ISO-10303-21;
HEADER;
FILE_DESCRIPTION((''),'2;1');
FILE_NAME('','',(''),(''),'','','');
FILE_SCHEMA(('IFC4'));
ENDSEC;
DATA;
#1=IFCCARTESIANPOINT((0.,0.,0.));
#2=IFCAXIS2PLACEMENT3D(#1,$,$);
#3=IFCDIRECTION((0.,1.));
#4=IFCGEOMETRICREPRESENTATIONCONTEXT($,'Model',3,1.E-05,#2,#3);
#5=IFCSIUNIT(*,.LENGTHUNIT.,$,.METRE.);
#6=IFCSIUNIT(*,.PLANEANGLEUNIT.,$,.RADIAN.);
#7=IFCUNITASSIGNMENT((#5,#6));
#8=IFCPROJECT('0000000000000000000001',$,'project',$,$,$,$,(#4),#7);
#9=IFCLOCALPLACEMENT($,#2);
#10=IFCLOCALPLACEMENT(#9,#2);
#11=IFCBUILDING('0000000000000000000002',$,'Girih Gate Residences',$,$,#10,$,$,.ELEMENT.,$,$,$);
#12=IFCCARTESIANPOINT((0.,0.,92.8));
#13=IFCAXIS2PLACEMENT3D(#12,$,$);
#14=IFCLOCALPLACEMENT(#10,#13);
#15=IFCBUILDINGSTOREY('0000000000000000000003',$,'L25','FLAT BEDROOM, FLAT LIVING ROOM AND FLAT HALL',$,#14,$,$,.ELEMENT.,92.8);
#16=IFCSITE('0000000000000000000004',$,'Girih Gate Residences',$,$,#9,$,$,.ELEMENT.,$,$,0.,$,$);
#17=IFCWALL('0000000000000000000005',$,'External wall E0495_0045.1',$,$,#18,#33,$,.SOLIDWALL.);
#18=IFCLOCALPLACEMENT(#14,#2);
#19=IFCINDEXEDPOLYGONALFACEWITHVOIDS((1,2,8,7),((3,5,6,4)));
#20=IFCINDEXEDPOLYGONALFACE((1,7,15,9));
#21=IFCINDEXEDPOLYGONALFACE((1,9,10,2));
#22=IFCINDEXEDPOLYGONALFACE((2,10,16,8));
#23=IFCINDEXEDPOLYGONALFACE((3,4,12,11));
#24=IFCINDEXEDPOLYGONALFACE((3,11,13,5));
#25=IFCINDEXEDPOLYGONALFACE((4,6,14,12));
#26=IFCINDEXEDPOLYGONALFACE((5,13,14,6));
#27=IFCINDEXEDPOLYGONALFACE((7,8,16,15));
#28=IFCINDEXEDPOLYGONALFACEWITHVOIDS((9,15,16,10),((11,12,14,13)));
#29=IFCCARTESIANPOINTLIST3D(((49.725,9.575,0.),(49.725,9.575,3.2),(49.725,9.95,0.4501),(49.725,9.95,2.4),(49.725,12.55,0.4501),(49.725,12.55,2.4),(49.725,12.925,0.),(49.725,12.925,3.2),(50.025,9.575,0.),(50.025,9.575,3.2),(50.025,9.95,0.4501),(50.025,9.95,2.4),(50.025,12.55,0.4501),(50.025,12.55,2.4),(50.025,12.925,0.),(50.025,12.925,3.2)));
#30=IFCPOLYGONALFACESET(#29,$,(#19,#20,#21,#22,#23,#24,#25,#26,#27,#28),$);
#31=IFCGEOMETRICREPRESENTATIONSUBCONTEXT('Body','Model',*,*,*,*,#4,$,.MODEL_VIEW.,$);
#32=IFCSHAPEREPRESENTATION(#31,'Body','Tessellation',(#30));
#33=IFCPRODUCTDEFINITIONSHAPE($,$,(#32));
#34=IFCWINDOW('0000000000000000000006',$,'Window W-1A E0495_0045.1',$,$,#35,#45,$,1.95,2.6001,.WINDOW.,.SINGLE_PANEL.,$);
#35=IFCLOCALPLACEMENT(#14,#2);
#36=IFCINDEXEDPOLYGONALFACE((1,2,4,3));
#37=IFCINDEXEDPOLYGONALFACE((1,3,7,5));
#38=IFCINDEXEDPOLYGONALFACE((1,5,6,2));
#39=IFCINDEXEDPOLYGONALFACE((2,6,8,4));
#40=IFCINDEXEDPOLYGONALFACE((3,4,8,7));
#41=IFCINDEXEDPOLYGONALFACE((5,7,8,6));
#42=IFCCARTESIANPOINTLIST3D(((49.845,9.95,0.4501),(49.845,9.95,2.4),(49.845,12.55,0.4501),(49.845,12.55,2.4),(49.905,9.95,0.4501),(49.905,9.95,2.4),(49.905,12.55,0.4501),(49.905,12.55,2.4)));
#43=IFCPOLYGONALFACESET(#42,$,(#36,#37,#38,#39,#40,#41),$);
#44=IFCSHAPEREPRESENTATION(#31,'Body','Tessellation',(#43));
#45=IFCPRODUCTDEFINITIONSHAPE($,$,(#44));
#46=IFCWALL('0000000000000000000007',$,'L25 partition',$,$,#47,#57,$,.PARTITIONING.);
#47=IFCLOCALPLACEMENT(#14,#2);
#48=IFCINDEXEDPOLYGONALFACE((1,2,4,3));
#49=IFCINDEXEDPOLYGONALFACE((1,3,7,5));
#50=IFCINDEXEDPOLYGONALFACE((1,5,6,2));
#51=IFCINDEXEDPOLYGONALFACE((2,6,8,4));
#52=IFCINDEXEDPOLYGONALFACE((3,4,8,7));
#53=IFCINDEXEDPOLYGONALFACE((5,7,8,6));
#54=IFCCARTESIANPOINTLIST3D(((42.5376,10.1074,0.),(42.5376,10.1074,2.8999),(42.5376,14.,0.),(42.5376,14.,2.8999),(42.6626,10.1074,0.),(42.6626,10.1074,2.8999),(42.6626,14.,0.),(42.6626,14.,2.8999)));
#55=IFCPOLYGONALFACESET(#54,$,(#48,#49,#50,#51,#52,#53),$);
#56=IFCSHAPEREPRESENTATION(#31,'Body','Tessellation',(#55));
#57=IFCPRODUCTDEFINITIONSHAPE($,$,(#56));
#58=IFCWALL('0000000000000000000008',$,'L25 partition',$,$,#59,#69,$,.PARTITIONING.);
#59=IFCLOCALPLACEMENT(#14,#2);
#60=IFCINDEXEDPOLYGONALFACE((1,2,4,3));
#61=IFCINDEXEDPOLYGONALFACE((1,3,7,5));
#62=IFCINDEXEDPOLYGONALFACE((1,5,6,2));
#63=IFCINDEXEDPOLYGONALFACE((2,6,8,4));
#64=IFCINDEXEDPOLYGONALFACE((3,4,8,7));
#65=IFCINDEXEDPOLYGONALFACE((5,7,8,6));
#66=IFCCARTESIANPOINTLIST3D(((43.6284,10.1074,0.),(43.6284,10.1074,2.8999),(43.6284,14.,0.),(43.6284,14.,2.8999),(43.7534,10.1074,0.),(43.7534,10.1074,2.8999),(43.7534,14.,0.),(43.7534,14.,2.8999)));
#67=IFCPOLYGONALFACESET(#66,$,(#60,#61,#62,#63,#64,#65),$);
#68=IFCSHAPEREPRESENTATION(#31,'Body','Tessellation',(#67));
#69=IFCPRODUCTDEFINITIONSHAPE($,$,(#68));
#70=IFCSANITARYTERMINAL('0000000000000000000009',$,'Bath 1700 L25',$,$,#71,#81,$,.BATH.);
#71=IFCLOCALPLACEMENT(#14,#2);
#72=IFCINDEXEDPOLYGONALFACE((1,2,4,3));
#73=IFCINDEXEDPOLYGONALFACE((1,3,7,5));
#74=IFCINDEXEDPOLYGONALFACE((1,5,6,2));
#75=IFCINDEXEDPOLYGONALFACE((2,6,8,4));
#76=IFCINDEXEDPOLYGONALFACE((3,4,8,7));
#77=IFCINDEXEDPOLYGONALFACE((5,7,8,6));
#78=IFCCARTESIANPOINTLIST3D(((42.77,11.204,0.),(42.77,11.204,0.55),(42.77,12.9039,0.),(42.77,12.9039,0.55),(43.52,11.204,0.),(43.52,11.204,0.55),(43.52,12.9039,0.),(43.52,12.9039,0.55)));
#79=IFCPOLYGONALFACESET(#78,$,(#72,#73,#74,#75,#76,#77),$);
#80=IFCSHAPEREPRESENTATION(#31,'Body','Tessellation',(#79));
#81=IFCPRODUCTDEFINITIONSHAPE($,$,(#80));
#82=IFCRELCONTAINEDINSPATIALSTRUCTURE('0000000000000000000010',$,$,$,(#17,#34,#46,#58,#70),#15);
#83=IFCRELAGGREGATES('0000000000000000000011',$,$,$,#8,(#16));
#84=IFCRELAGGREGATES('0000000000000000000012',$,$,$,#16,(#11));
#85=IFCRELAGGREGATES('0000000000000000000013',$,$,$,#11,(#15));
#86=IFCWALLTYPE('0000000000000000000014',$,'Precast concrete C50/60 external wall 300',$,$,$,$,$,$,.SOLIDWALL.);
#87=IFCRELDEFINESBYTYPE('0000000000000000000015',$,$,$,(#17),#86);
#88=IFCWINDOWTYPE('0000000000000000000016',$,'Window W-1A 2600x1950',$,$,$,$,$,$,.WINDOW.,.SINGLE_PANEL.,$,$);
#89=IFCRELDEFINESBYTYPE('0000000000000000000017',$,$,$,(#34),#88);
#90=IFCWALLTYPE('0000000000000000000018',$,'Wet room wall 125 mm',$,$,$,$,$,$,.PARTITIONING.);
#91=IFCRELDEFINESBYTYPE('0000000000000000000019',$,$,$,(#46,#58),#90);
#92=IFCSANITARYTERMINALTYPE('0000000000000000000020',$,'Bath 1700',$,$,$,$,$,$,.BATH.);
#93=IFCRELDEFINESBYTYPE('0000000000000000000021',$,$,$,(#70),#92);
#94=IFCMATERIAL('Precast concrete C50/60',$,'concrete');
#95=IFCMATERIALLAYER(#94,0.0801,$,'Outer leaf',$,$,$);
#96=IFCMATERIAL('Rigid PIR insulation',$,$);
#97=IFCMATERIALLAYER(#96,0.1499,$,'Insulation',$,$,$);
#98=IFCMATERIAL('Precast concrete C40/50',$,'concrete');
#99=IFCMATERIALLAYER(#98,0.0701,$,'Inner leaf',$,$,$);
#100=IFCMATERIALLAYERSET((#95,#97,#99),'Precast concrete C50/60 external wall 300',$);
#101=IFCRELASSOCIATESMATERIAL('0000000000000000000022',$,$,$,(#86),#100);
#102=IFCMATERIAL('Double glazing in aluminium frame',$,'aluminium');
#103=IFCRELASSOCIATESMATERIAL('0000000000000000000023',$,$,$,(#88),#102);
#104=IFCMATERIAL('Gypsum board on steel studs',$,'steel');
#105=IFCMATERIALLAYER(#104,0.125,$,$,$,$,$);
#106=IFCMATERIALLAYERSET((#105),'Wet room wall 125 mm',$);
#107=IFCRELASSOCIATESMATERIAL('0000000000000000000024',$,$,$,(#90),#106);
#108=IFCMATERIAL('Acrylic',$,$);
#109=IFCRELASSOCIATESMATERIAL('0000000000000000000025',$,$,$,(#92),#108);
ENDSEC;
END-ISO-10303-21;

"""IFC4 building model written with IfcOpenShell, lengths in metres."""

from ifc_helpers import new_model, si_unit, direction, frame, frame_2d, origin, origin_2d, place, context, subcontext, project, spatial, rectangle, extrude, material, layer, layer_set, type_object, element, fill, save


model = new_model("IFC4")

# Units and contexts
model_context = context("Model", 3, precision=1e-05, world=origin(), true_north=direction((0.0, 1.0)))
body_context = subcontext(model_context, "Body", "Model", "MODEL_VIEW")
ifc_project = project(units=[si_unit("LENGTHUNIT", "METRE"), si_unit("PLANEANGLEUNIT", "RADIAN")], contexts=[model_context])

# Site, building, storey
site_placement = place(None, origin())
site = spatial("IfcSite", under=ifc_project, at=site_placement, Name="Girih Gate Residences", CompositionType="ELEMENT", RefElevation=0.0)
building_placement = place(site_placement, origin())
building = spatial("IfcBuilding", under=site, at=building_placement, Name="Girih Gate Residences", CompositionType="ELEMENT")
storey_placement = place(building_placement, frame((0.0, 0.0, 92.8)))
storey = spatial("IfcBuildingStorey", under=building, at=storey_placement, Name="L25", Description="FLAT BEDROOM, FLAT LIVING ROOM AND FLAT HALL", CompositionType="ELEMENT", Elevation=92.8)

# Shared definitions
ifc_material_1 = material(Name="Gypsum board on steel studs", Category="steel")

# Wall, opening, window
ifc_material_2 = material(Name="Precast concrete C50/60", Category="concrete")
ifc_layer_1 = layer(ifc_material_2, 0.0801, Name="Outer leaf")
ifc_material_3 = material(Name="Rigid PIR insulation")
ifc_layer_2 = layer(ifc_material_3, 0.1499, Name="Insulation")
ifc_material_4 = material(Name="Precast concrete C40/50", Category="concrete")
ifc_layer_3 = layer(ifc_material_4, 0.0701, Name="Inner leaf")
ifc_layer_set_1 = layer_set([ifc_layer_1, ifc_layer_2, ifc_layer_3], Name="Precast concrete C50/60 external wall 300")
wall_type_1 = type_object("IfcWallType", Name="Precast concrete C50/60 external wall 300", PredefinedType="SOLIDWALL", material=ifc_layer_set_1)
wall_1_placement = place(storey_placement, frame((49.875, 12.925, 0.0), z_axis=(0.0, 0.0, 1.0), x_axis=(0.0, -1.0, 0.0)))
wall_1 = element("IfcWall", 1, at=wall_1_placement, inside=storey, type_object=wall_type_1, Name="External wall E0495_0045.1", PredefinedType="SOLIDWALL", context=body_context, shape_type="SweptSolid", body=[
    extrude(rectangle(XDim=3.3501, YDim=0.3, at=frame_2d((1.675, 0.0))), origin(), (0.0, 0.0, 1.0), 3.2),
])
opening_1_placement = place(wall_1_placement, frame((0.375, 0.0, 0.45)))
opening_1 = element("IfcOpeningElement", 2, at=opening_1_placement, cuts=wall_1, PredefinedType="OPENING", context=body_context, shape_type="SweptSolid", body=[
    extrude(rectangle(XDim=2.6001, YDim=1.95, at=frame_2d((1.3, 0.9751))), frame((0.0, 0.1599, 0.0), z_axis=(0.0, -1.0, 0.0), x_axis=(1.0, 0.0, 0.0)), (0.0, 0.0, 1.0), 0.3201),
])
ifc_material_5 = material(Name="Double glazing in aluminium frame", Category="aluminium")
window_type = type_object("IfcWindowType", Name="Window W-1A 2600x1950", PartitioningType="SINGLE_PANEL", PredefinedType="WINDOW", material=ifc_material_5)
window_placement = place(opening_1_placement, origin())
window = element("IfcWindow", 3, at=window_placement, inside=storey, type_object=window_type, Name="Window W-1A E0495_0045.1", OverallHeight=1.95, OverallWidth=2.6001, PartitioningType="SINGLE_PANEL", PredefinedType="WINDOW", context=body_context, shape_type="SweptSolid", body=[
    extrude(rectangle(XDim=2.6001, YDim=1.95, at=frame_2d((1.3, 0.9751))), frame((0.0, 0.03, 0.0), z_axis=(0.0, -1.0, 0.0), x_axis=(1.0, 0.0, 0.0)), (0.0, 0.0, 1.0), 0.0601),
])
fill(opening_1, window)

# Walls
ifc_layer_4 = layer(ifc_material_1, 0.125)
ifc_layer_set_2 = layer_set([ifc_layer_4], Name="Wet room wall 125 mm")
wall_type_2 = type_object("IfcWallType", Name="Wet room wall 125 mm", PredefinedType="PARTITIONING", material=ifc_layer_set_2)
for number, where, z_axis, x_axis, name in (
    (4, (42.6001, 10.1074, 0.0), (0.0, 0.0, 1.0), (0.0, 1.0, 0.0), "L25 partition"),
    (5, (43.6909, 10.1074, 0.0), (0.0, 0.0, 1.0), (0.0, 1.0, 0.0), "L25 partition"),
):
    element("IfcWall", number, at=place(storey_placement, frame(where, z_axis=z_axis, x_axis=x_axis)), inside=storey, type_object=wall_type_2, Name=name, PredefinedType="PARTITIONING", context=body_context, shape_type="SweptSolid", body=[
        extrude(rectangle(XDim=3.8926, YDim=0.125, at=frame_2d((1.9463, 0.0))), origin(), (0.0, 0.0, 1.0), 2.8999),
    ])

# Sanitary terminal
ifc_material_6 = material(Name="Acrylic")
sanitary_terminal_type = type_object("IfcSanitaryTerminalType", Name="Bath 1700", PredefinedType="BATH", material=ifc_material_6)
sanitary_terminal_placement = place(storey_placement, frame((43.145, 12.054, 0.0), z_axis=(0.0, 0.0, 1.0), x_axis=(1.0, 0.0, 0.0)))
element("IfcSanitaryTerminal", 6, at=sanitary_terminal_placement, inside=storey, type_object=sanitary_terminal_type, Name="Bath 1700 L25", PredefinedType="BATH", context=body_context, shape_type="SweptSolid", body=[
    extrude(rectangle(XDim=0.75, YDim=1.7, at=origin_2d()), origin(), (0.0, 0.0, 1.0), 0.55),
])

save(model, "model.ifc")
